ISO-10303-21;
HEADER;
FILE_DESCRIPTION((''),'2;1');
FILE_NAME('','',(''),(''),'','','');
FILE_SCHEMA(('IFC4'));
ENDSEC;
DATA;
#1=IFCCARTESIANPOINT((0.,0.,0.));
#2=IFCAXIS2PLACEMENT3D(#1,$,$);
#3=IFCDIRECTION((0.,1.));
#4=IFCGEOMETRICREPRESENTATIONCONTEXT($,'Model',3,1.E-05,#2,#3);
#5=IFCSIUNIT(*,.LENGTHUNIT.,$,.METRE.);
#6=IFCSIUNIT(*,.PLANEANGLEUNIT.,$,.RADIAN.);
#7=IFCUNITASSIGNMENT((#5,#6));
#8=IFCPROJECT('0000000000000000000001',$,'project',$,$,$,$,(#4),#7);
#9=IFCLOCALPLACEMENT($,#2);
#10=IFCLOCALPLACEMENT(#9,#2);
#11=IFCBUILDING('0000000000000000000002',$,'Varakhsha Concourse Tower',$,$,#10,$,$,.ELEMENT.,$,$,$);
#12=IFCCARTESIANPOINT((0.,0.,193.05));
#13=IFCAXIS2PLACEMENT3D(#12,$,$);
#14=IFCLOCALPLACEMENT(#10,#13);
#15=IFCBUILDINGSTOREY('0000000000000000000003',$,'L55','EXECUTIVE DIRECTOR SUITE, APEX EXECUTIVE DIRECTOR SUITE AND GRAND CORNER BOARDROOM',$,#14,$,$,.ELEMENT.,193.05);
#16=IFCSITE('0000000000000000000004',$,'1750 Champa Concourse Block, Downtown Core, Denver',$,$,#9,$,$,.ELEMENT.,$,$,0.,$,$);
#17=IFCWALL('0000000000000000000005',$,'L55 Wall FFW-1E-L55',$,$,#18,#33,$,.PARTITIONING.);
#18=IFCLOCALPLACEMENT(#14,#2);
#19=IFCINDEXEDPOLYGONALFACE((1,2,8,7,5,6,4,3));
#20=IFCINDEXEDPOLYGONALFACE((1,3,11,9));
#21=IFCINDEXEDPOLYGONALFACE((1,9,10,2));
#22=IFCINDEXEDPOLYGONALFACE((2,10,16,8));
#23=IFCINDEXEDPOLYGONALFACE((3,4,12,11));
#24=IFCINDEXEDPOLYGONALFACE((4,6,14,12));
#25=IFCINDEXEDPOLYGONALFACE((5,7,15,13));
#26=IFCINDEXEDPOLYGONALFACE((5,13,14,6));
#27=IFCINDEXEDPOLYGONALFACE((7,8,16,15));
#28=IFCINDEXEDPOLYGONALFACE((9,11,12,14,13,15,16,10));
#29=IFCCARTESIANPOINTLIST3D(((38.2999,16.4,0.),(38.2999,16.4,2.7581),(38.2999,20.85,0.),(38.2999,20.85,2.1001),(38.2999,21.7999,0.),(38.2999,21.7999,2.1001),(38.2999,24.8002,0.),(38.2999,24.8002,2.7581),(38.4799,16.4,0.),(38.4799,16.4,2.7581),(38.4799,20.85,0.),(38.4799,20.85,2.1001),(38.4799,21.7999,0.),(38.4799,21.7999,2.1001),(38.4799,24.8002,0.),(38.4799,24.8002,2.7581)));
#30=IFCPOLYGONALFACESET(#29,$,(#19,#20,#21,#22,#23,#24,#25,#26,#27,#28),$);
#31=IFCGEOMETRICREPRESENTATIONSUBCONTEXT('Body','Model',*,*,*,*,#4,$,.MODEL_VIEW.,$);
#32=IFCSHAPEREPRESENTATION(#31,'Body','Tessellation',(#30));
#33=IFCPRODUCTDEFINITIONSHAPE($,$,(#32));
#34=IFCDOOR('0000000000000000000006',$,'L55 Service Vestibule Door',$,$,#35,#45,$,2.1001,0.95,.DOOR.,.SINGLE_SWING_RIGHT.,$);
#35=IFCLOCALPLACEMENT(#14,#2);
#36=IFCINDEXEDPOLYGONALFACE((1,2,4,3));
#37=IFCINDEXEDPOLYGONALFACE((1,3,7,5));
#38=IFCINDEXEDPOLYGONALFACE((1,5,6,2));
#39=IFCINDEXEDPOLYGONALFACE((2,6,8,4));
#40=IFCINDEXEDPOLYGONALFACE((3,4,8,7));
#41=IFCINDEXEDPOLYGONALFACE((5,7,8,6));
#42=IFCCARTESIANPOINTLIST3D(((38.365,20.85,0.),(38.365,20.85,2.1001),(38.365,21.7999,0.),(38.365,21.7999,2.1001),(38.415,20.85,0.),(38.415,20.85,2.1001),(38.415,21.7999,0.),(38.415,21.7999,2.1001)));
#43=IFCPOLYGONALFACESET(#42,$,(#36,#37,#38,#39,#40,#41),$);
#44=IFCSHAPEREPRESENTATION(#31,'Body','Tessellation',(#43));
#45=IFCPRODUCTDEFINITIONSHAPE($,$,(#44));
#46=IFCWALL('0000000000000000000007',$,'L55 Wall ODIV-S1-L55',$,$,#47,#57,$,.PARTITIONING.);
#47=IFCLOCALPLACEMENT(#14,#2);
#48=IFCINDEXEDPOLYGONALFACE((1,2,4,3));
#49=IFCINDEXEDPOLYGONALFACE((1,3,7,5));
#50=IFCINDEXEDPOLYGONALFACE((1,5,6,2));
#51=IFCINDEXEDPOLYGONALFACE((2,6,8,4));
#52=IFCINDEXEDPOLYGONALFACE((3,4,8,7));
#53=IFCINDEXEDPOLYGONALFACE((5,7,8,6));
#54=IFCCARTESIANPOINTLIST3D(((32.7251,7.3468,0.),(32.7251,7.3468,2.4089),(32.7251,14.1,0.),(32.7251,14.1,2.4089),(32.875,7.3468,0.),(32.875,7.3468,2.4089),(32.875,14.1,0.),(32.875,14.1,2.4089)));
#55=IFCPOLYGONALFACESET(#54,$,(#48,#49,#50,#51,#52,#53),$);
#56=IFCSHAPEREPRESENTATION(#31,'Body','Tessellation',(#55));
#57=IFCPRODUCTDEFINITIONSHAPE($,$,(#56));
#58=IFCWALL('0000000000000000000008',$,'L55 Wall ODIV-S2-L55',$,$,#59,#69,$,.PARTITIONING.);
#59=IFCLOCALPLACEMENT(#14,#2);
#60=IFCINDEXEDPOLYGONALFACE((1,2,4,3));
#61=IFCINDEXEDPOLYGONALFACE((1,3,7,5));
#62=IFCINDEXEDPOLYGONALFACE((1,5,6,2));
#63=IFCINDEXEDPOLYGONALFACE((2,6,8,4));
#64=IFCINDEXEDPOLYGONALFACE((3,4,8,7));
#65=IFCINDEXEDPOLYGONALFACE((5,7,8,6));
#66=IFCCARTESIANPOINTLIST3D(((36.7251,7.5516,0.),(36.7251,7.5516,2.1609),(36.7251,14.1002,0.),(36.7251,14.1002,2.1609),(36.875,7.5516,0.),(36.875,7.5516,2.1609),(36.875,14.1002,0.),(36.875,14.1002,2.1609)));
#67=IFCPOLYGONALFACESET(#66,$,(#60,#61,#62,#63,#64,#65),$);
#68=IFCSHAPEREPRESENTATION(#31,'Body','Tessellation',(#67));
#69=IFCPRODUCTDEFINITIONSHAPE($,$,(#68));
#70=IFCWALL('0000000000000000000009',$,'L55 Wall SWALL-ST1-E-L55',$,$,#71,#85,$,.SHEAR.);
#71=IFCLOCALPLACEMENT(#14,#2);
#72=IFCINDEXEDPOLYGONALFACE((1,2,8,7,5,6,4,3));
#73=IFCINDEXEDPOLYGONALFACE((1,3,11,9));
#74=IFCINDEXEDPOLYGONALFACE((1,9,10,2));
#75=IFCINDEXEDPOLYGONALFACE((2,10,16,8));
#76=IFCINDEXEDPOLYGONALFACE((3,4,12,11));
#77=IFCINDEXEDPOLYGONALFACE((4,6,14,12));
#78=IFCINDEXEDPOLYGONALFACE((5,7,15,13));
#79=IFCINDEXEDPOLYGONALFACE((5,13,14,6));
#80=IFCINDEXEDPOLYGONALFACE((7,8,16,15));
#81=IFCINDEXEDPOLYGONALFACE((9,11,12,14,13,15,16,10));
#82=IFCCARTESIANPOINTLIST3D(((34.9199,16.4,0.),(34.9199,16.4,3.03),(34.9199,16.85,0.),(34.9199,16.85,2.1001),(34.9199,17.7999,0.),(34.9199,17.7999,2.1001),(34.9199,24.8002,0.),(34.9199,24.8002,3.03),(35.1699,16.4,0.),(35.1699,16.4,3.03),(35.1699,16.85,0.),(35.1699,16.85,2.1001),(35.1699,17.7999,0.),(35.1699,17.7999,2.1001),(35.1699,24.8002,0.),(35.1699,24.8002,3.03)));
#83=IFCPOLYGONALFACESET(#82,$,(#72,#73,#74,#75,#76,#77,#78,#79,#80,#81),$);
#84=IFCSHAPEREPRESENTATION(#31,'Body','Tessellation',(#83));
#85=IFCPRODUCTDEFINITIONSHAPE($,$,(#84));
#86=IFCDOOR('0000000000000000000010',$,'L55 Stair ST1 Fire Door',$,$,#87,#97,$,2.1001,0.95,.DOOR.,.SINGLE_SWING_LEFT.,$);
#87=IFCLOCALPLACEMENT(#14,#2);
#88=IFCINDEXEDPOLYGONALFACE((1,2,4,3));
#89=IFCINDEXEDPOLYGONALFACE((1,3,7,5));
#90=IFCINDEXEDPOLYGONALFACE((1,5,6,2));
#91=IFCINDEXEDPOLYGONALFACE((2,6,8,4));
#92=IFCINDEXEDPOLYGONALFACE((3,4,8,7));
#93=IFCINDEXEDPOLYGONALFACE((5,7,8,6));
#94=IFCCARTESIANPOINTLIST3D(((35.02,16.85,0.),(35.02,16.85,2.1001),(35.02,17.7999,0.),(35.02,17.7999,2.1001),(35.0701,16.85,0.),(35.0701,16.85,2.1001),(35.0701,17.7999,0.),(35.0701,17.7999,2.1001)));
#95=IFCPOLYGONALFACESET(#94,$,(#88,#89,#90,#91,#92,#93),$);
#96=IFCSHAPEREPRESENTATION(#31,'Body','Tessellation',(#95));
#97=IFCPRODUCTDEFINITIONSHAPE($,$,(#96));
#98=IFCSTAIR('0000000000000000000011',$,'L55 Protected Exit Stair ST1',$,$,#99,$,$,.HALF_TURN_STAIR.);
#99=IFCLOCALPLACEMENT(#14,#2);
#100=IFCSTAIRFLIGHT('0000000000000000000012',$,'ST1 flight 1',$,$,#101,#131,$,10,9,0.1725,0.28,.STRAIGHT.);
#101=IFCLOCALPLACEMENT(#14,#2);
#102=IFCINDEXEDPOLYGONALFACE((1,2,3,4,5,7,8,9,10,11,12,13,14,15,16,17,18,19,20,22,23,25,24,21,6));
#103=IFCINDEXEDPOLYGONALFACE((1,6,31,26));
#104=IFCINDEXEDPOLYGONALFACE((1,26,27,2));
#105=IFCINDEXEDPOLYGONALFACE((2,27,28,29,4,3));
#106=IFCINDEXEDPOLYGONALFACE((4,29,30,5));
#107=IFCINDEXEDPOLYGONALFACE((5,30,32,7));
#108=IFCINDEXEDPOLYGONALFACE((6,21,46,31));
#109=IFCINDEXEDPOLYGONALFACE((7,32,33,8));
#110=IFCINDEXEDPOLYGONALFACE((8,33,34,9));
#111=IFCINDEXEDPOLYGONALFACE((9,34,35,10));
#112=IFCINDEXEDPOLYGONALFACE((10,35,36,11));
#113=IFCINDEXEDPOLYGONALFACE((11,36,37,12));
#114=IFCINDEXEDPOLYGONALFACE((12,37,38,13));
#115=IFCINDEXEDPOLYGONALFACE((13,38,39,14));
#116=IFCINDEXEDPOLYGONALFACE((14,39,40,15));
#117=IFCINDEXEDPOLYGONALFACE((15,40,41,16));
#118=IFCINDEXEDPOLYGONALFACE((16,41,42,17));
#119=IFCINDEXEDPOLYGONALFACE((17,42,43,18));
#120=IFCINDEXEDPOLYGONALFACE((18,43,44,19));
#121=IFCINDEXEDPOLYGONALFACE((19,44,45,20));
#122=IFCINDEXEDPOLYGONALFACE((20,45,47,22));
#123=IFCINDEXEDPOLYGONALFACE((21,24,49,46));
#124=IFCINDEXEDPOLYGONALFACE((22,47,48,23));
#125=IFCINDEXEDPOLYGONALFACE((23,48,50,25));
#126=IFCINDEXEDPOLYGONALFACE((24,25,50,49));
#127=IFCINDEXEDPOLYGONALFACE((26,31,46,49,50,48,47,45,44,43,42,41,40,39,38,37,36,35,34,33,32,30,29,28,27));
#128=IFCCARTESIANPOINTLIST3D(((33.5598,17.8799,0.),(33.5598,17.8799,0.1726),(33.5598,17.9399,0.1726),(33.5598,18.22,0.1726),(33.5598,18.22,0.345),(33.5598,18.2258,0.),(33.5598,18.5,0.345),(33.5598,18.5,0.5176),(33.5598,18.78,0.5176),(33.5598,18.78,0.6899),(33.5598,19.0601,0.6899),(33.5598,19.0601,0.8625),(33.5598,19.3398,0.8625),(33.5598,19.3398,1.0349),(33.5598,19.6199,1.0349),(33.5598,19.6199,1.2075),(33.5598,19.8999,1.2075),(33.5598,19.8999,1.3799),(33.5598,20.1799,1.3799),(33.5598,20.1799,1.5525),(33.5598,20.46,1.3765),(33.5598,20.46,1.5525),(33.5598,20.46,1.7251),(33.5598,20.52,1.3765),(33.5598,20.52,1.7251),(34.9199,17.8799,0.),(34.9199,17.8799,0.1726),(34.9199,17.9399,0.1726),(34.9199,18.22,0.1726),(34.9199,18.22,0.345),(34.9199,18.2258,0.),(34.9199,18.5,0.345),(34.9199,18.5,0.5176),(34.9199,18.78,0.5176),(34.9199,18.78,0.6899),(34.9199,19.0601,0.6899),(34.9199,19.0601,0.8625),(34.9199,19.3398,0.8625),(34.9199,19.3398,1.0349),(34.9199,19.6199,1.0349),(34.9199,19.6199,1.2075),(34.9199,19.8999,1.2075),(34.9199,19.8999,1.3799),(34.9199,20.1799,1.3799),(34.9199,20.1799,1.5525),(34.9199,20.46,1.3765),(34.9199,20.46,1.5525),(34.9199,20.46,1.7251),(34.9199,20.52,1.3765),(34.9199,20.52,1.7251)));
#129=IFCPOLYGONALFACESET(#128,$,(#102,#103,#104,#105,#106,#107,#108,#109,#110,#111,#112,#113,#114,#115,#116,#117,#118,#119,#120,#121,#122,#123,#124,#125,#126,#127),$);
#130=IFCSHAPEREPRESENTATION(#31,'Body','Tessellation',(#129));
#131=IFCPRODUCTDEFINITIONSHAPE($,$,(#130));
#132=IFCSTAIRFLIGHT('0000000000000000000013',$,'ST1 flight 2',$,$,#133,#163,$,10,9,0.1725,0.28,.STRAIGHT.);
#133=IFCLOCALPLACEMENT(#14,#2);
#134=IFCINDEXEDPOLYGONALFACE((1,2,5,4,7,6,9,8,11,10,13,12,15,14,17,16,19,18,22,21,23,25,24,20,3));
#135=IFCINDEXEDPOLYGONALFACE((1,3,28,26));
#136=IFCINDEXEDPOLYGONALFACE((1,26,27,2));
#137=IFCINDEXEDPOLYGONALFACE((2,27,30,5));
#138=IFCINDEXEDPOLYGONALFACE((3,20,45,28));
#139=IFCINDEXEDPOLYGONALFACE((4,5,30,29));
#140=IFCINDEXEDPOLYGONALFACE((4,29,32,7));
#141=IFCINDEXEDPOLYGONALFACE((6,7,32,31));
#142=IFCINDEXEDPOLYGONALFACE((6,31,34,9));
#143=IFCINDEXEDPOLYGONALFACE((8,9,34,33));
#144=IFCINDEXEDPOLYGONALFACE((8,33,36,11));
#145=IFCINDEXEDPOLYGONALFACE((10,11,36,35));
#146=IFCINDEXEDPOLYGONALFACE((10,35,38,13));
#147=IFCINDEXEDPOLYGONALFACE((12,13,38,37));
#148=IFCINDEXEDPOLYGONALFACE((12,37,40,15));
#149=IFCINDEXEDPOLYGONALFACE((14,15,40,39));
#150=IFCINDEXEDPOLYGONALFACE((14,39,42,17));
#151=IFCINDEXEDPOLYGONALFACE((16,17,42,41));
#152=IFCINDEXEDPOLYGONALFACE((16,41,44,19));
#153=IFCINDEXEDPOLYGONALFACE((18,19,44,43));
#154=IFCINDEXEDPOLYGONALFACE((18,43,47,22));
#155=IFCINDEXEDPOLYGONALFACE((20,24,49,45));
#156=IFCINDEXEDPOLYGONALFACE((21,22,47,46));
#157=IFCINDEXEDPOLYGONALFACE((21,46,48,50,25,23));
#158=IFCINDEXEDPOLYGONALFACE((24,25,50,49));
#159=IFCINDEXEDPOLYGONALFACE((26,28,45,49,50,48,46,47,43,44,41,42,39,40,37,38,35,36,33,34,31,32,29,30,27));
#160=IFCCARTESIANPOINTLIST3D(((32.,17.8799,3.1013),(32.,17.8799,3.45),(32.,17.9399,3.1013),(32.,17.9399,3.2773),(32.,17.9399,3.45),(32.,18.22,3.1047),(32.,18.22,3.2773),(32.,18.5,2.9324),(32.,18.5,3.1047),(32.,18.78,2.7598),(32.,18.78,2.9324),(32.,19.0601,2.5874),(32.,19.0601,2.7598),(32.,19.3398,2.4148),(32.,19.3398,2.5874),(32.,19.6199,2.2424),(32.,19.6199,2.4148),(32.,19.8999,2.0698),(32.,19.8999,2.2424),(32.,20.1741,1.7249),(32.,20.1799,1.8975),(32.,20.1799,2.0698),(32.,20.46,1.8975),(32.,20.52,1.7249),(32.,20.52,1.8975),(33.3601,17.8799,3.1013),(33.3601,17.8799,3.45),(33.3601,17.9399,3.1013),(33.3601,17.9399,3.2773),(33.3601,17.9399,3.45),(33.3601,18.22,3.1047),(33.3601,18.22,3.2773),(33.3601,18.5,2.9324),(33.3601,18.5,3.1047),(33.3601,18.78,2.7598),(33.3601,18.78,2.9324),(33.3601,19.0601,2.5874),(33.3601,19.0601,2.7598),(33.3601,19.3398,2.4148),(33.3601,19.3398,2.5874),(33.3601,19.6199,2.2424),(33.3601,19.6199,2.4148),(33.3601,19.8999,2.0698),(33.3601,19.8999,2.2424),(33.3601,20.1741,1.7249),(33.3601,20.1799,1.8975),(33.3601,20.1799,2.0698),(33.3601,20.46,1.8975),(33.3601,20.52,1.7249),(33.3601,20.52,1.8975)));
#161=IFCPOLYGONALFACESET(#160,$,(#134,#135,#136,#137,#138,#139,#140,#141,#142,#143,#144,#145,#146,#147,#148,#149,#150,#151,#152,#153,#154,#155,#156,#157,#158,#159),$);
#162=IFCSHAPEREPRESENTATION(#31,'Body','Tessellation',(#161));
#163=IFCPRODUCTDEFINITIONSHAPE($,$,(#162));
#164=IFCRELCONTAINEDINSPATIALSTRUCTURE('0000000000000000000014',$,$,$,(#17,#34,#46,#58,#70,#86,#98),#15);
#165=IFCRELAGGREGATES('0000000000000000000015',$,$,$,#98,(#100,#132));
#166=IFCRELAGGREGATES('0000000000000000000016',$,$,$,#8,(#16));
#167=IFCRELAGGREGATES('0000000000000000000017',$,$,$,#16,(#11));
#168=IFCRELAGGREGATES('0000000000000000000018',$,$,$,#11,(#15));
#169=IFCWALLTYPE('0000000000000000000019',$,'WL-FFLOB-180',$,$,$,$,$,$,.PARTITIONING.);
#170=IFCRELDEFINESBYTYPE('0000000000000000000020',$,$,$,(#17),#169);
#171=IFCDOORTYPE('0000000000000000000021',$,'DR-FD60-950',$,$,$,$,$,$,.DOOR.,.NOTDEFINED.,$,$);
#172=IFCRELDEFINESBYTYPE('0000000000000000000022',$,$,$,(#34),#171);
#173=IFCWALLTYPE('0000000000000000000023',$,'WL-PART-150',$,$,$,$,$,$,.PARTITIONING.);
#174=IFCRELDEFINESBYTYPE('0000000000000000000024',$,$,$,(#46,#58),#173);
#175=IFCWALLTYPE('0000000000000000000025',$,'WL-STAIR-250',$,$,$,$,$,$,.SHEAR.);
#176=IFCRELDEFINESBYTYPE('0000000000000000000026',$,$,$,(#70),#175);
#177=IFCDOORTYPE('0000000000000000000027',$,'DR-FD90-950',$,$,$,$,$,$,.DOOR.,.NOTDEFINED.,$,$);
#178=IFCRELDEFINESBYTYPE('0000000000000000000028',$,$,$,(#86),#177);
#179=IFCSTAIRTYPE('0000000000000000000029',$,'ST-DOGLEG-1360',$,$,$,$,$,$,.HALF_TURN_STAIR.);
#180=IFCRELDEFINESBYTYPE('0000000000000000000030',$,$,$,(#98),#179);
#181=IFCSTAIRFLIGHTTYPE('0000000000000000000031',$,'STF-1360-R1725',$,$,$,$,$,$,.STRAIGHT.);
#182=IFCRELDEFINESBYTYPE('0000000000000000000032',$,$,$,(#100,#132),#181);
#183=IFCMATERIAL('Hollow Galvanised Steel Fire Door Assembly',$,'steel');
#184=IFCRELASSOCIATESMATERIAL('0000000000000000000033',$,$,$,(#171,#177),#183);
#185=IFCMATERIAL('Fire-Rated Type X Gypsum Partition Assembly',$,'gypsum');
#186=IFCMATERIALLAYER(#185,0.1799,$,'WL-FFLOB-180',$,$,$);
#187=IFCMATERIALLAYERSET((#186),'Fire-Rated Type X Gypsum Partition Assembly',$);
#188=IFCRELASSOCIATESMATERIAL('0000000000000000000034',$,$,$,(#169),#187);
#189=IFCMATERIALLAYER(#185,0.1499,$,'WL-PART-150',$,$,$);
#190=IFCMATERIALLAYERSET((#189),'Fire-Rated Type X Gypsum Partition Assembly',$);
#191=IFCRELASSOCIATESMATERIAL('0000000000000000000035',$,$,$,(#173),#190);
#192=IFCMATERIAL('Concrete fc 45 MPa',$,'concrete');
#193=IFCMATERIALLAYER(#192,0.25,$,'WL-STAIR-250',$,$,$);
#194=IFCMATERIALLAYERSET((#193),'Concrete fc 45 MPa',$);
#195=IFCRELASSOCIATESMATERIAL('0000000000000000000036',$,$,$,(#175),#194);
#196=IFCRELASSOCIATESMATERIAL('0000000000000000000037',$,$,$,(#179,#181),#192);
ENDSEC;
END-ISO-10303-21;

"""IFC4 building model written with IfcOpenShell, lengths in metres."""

from ifc_helpers import new_model, si_unit, direction, frame, frame_2d, origin, place, context, subcontext, project, spatial, polyline, rectangle, outline, extrude, material, layer, layer_set, type_object, element, fill, aggregate, save


model = new_model("IFC4")

# Units and contexts
model_context = context("Model", 3, precision=1e-05, world=origin(), true_north=direction((0.0, 1.0)))
body_context = subcontext(model_context, "Body", "Model", "MODEL_VIEW")
ifc_project = project(units=[si_unit("LENGTHUNIT", "METRE"), si_unit("PLANEANGLEUNIT", "RADIAN")], contexts=[model_context])

# Site, building, storey
site_placement = place(None, origin())
site = spatial("IfcSite", under=ifc_project, at=site_placement, Name="1750 Champa Concourse Block, Downtown Core, Denver", CompositionType="ELEMENT", RefElevation=0.0)
building_placement = place(site_placement, origin())
building = spatial("IfcBuilding", under=site, at=building_placement, Name="Varakhsha Concourse Tower", CompositionType="ELEMENT")
storey_placement = place(building_placement, frame((0.0, 0.0, 193.05)))
storey = spatial("IfcBuildingStorey", under=building, at=storey_placement, Name="L55", Description="EXECUTIVE DIRECTOR SUITE, APEX EXECUTIVE DIRECTOR SUITE AND GRAND CORNER BOARDROOM", CompositionType="ELEMENT", Elevation=193.05)

# Shared definitions
ifc_material_1 = material(Name="Hollow Galvanised Steel Fire Door Assembly", Category="steel")
door_type_1 = type_object("IfcDoorType", Name="DR-FD60-950", OperationType="NOTDEFINED", PredefinedType="DOOR", material=ifc_material_1)

# Wall, opening, door
ifc_material_2 = material(Name="Fire-Rated Type X Gypsum Partition Assembly", Category="gypsum")
ifc_layer_1 = layer(ifc_material_2, 0.1799, Name="WL-FFLOB-180")
ifc_layer_set_1 = layer_set([ifc_layer_1], Name="Fire-Rated Type X Gypsum Partition Assembly")
wall_type_1 = type_object("IfcWallType", Name="WL-FFLOB-180", PredefinedType="PARTITIONING", material=ifc_layer_set_1)
wall_1_placement = place(storey_placement, frame((38.3899, 16.3999, 0.0), z_axis=(0.0, 0.0, 1.0), x_axis=(0.0, 1.0, 0.0)))
wall_1 = element("IfcWall", 1, at=wall_1_placement, inside=storey, type_object=wall_type_1, Name="L55 Wall FFW-1E-L55", PredefinedType="PARTITIONING", context=body_context, shape_type="SweptSolid", body=[
    extrude(rectangle(XDim=8.4001, YDim=0.1799, at=frame_2d((4.2002, 0.0))), origin(), (0.0, 0.0, 1.0), 2.7581),
])
opening_1_placement = place(wall_1_placement, frame((4.45, 0.0, 0.0)))
opening_1 = element("IfcOpeningElement", 2, at=opening_1_placement, cuts=wall_1, PredefinedType="OPENING", context=body_context, shape_type="SweptSolid", body=[
    extrude(rectangle(XDim=0.95, YDim=2.1001, at=frame_2d((0.4751, 1.05))), frame((0.0, 0.0999, 0.0), z_axis=(0.0, -1.0, 0.0), x_axis=(1.0, 0.0, 0.0)), (0.0, 0.0, 1.0), 0.2),
])
door_1_placement = place(opening_1_placement, origin())
door_1 = element("IfcDoor", 3, at=door_1_placement, inside=storey, type_object=door_type_1, Name="L55 Service Vestibule Door", OperationType="SINGLE_SWING_RIGHT", OverallHeight=2.1001, OverallWidth=0.95, PredefinedType="DOOR", context=body_context, shape_type="SweptSolid", body=[
    extrude(rectangle(XDim=0.95, YDim=2.1001, at=frame_2d((0.4751, 1.05))), frame((0.0, 0.0249, 0.0), z_axis=(0.0, -1.0, 0.0), x_axis=(1.0, 0.0, 0.0)), (0.0, 0.0, 1.0), 0.05),
])
fill(opening_1, door_1)

# Walls
ifc_layer_2 = layer(ifc_material_2, 0.1499, Name="WL-PART-150")
ifc_layer_set_2 = layer_set([ifc_layer_2], Name="Fire-Rated Type X Gypsum Partition Assembly")
wall_type_2 = type_object("IfcWallType", Name="WL-PART-150", PredefinedType="PARTITIONING", material=ifc_layer_set_2)
wall_2_placement = place(storey_placement, frame((32.8, 7.3469, 0.0), z_axis=(0.0, 0.0, 1.0), x_axis=(0.0, 1.0, 0.0)))
element("IfcWall", 4, at=wall_2_placement, inside=storey, type_object=wall_type_2, Name="L55 Wall ODIV-S1-L55", PredefinedType="PARTITIONING", context=body_context, shape_type="SweptSolid", body=[
    extrude(rectangle(XDim=6.7532, YDim=0.1499, at=frame_2d((3.3765, 0.0))), origin(), (0.0, 0.0, 1.0), 2.4089),
])
wall_3_placement = place(storey_placement, frame((36.8, 7.5515, 0.0), z_axis=(0.0, 0.0, 1.0), x_axis=(0.0, 1.0, 0.0)))
element("IfcWall", 5, at=wall_3_placement, inside=storey, type_object=wall_type_2, Name="L55 Wall ODIV-S2-L55", PredefinedType="PARTITIONING", context=body_context, shape_type="SweptSolid", body=[
    extrude(rectangle(XDim=6.5486, YDim=0.1499, at=frame_2d((3.2744, 0.0))), origin(), (0.0, 0.0, 1.0), 2.1609),
])

# Wall, opening, door
ifc_material_3 = material(Name="Concrete fc 45 MPa", Category="concrete")
ifc_layer_3 = layer(ifc_material_3, 0.25, Name="WL-STAIR-250")
ifc_layer_set_3 = layer_set([ifc_layer_3], Name="Concrete fc 45 MPa")
wall_type_3 = type_object("IfcWallType", Name="WL-STAIR-250", PredefinedType="SHEAR", material=ifc_layer_set_3)
wall_4_placement = place(storey_placement, frame((35.0449, 16.3999, 0.0), z_axis=(0.0, 0.0, 1.0), x_axis=(0.0, 1.0, 0.0)))
wall_4 = element("IfcWall", 6, at=wall_4_placement, inside=storey, type_object=wall_type_3, Name="L55 Wall SWALL-ST1-E-L55", PredefinedType="SHEAR", context=body_context, shape_type="SweptSolid", body=[
    extrude(rectangle(XDim=8.4001, YDim=0.25, at=frame_2d((4.2002, 0.0))), origin(), (0.0, 0.0, 1.0), 3.03),
])
opening_2_placement = place(wall_4_placement, frame((0.45, 0.0, 0.0)))
opening_2 = element("IfcOpeningElement", 7, at=opening_2_placement, cuts=wall_4, PredefinedType="OPENING", context=body_context, shape_type="SweptSolid", body=[
    extrude(rectangle(XDim=0.95, YDim=2.1001, at=frame_2d((0.4751, 1.05))), frame((0.0, 0.135, 0.0), z_axis=(0.0, -1.0, 0.0), x_axis=(1.0, 0.0, 0.0)), (0.0, 0.0, 1.0), 0.27),
])
door_type_2 = type_object("IfcDoorType", Name="DR-FD90-950", OperationType="NOTDEFINED", PredefinedType="DOOR", material=ifc_material_1)
door_2_placement = place(opening_2_placement, origin())
door_2 = element("IfcDoor", 8, at=door_2_placement, inside=storey, type_object=door_type_2, Name="L55 Stair ST1 Fire Door", OperationType="SINGLE_SWING_LEFT", OverallHeight=2.1001, OverallWidth=0.95, PredefinedType="DOOR", context=body_context, shape_type="SweptSolid", body=[
    extrude(rectangle(XDim=0.95, YDim=2.1001, at=frame_2d((0.4751, 1.05))), frame((0.0, 0.0249, 0.0), z_axis=(0.0, -1.0, 0.0), x_axis=(1.0, 0.0, 0.0)), (0.0, 0.0, 1.0), 0.05),
])
fill(opening_2, door_2)

# Stair, stair flights
stair_type = type_object("IfcStairType", Name="ST-DOGLEG-1360", PredefinedType="HALF_TURN_STAIR", material=ifc_material_3)
stair_placement = place(storey_placement, origin())
stair = element("IfcStair", 9, at=stair_placement, inside=storey, type_object=stair_type, Name="L55 Protected Exit Stair ST1", PredefinedType="HALF_TURN_STAIR")
stair_flight_type = type_object("IfcStairFlightType", Name="STF-1360-R1725", PredefinedType="STRAIGHT", material=ifc_material_3)
stair_flight_1_placement = place(storey_placement, frame((34.24, 17.9399, 0.0), z_axis=(0.0, 0.0, 1.0), x_axis=(0.0, 1.0, 0.0)))
stair_flight_1 = element("IfcStairFlight", 10, at=stair_flight_1_placement, type_object=stair_flight_type, Name="ST1 flight 1", NumberOfRisers=10, NumberOfTreads=9, PredefinedType="STRAIGHT", RiserHeight=0.1725, TreadLength=0.28, context=body_context, shape_type="SweptSolid", body=[
    extrude(outline(polyline([(-0.0601, 0.0), (-0.0601, 0.1726), (0.0, 0.1726), (0.28, 0.1726), (0.28, 0.345), (0.5601, 0.345), (0.5601, 0.5176), (0.8401, 0.5176), (0.8401, 0.6899), (1.1201, 0.6899), (1.1201, 0.8625), (1.3999, 0.8625), (1.3999, 1.0349), (1.6799, 1.0349), (1.6799, 1.2075), (1.96, 1.2075), (1.96, 1.3799), (2.24, 1.3799), (2.24, 1.5525), (2.52, 1.5525), (2.52, 1.7251), (2.5801, 1.7251), (2.5801, 1.3765), (2.52, 1.3765), (0.2859, 0.0), (-0.0601, 0.0)])), frame((0.0, 0.6802, 0.0), z_axis=(0.0, -1.0, 0.0), x_axis=(1.0, 0.0, 0.0)), (0.0, 0.0, 1.0), 1.3601),
])
stair_flight_2_placement = place(storey_placement, frame((32.6799, 20.46, 1.7249), z_axis=(0.0, 0.0, 1.0), x_axis=(0.0, -1.0, 0.0)))
stair_flight_2 = element("IfcStairFlight", 11, at=stair_flight_2_placement, type_object=stair_flight_type, Name="ST1 flight 2", NumberOfRisers=10, NumberOfTreads=9, PredefinedType="STRAIGHT", RiserHeight=0.1725, TreadLength=0.28, context=body_context, shape_type="SweptSolid", body=[
    extrude(outline(polyline([(-0.0601, 0.0), (-0.0601, 0.1726), (0.0, 0.1726), (0.28, 0.1726), (0.28, 0.345), (0.5601, 0.345), (0.5601, 0.5176), (0.8401, 0.5176), (0.8401, 0.6899), (1.1201, 0.6899), (1.1201, 0.8625), (1.3999, 0.8625), (1.3999, 1.0349), (1.6799, 1.0349), (1.6799, 1.2075), (1.96, 1.2075), (1.96, 1.3799), (2.24, 1.3799), (2.24, 1.5525), (2.52, 1.5525), (2.52, 1.7251), (2.5801, 1.7251), (2.5801, 1.3765), (2.52, 1.3765), (0.2859, 0.0), (-0.0601, 0.0)])), frame((0.0, 0.6802, 0.0), z_axis=(0.0, -1.0, 0.0), x_axis=(1.0, 0.0, 0.0)), (0.0, 0.0, 1.0), 1.3601),
])
aggregate(stair, [stair_flight_1, stair_flight_2])

save(model, "model.ifc")
